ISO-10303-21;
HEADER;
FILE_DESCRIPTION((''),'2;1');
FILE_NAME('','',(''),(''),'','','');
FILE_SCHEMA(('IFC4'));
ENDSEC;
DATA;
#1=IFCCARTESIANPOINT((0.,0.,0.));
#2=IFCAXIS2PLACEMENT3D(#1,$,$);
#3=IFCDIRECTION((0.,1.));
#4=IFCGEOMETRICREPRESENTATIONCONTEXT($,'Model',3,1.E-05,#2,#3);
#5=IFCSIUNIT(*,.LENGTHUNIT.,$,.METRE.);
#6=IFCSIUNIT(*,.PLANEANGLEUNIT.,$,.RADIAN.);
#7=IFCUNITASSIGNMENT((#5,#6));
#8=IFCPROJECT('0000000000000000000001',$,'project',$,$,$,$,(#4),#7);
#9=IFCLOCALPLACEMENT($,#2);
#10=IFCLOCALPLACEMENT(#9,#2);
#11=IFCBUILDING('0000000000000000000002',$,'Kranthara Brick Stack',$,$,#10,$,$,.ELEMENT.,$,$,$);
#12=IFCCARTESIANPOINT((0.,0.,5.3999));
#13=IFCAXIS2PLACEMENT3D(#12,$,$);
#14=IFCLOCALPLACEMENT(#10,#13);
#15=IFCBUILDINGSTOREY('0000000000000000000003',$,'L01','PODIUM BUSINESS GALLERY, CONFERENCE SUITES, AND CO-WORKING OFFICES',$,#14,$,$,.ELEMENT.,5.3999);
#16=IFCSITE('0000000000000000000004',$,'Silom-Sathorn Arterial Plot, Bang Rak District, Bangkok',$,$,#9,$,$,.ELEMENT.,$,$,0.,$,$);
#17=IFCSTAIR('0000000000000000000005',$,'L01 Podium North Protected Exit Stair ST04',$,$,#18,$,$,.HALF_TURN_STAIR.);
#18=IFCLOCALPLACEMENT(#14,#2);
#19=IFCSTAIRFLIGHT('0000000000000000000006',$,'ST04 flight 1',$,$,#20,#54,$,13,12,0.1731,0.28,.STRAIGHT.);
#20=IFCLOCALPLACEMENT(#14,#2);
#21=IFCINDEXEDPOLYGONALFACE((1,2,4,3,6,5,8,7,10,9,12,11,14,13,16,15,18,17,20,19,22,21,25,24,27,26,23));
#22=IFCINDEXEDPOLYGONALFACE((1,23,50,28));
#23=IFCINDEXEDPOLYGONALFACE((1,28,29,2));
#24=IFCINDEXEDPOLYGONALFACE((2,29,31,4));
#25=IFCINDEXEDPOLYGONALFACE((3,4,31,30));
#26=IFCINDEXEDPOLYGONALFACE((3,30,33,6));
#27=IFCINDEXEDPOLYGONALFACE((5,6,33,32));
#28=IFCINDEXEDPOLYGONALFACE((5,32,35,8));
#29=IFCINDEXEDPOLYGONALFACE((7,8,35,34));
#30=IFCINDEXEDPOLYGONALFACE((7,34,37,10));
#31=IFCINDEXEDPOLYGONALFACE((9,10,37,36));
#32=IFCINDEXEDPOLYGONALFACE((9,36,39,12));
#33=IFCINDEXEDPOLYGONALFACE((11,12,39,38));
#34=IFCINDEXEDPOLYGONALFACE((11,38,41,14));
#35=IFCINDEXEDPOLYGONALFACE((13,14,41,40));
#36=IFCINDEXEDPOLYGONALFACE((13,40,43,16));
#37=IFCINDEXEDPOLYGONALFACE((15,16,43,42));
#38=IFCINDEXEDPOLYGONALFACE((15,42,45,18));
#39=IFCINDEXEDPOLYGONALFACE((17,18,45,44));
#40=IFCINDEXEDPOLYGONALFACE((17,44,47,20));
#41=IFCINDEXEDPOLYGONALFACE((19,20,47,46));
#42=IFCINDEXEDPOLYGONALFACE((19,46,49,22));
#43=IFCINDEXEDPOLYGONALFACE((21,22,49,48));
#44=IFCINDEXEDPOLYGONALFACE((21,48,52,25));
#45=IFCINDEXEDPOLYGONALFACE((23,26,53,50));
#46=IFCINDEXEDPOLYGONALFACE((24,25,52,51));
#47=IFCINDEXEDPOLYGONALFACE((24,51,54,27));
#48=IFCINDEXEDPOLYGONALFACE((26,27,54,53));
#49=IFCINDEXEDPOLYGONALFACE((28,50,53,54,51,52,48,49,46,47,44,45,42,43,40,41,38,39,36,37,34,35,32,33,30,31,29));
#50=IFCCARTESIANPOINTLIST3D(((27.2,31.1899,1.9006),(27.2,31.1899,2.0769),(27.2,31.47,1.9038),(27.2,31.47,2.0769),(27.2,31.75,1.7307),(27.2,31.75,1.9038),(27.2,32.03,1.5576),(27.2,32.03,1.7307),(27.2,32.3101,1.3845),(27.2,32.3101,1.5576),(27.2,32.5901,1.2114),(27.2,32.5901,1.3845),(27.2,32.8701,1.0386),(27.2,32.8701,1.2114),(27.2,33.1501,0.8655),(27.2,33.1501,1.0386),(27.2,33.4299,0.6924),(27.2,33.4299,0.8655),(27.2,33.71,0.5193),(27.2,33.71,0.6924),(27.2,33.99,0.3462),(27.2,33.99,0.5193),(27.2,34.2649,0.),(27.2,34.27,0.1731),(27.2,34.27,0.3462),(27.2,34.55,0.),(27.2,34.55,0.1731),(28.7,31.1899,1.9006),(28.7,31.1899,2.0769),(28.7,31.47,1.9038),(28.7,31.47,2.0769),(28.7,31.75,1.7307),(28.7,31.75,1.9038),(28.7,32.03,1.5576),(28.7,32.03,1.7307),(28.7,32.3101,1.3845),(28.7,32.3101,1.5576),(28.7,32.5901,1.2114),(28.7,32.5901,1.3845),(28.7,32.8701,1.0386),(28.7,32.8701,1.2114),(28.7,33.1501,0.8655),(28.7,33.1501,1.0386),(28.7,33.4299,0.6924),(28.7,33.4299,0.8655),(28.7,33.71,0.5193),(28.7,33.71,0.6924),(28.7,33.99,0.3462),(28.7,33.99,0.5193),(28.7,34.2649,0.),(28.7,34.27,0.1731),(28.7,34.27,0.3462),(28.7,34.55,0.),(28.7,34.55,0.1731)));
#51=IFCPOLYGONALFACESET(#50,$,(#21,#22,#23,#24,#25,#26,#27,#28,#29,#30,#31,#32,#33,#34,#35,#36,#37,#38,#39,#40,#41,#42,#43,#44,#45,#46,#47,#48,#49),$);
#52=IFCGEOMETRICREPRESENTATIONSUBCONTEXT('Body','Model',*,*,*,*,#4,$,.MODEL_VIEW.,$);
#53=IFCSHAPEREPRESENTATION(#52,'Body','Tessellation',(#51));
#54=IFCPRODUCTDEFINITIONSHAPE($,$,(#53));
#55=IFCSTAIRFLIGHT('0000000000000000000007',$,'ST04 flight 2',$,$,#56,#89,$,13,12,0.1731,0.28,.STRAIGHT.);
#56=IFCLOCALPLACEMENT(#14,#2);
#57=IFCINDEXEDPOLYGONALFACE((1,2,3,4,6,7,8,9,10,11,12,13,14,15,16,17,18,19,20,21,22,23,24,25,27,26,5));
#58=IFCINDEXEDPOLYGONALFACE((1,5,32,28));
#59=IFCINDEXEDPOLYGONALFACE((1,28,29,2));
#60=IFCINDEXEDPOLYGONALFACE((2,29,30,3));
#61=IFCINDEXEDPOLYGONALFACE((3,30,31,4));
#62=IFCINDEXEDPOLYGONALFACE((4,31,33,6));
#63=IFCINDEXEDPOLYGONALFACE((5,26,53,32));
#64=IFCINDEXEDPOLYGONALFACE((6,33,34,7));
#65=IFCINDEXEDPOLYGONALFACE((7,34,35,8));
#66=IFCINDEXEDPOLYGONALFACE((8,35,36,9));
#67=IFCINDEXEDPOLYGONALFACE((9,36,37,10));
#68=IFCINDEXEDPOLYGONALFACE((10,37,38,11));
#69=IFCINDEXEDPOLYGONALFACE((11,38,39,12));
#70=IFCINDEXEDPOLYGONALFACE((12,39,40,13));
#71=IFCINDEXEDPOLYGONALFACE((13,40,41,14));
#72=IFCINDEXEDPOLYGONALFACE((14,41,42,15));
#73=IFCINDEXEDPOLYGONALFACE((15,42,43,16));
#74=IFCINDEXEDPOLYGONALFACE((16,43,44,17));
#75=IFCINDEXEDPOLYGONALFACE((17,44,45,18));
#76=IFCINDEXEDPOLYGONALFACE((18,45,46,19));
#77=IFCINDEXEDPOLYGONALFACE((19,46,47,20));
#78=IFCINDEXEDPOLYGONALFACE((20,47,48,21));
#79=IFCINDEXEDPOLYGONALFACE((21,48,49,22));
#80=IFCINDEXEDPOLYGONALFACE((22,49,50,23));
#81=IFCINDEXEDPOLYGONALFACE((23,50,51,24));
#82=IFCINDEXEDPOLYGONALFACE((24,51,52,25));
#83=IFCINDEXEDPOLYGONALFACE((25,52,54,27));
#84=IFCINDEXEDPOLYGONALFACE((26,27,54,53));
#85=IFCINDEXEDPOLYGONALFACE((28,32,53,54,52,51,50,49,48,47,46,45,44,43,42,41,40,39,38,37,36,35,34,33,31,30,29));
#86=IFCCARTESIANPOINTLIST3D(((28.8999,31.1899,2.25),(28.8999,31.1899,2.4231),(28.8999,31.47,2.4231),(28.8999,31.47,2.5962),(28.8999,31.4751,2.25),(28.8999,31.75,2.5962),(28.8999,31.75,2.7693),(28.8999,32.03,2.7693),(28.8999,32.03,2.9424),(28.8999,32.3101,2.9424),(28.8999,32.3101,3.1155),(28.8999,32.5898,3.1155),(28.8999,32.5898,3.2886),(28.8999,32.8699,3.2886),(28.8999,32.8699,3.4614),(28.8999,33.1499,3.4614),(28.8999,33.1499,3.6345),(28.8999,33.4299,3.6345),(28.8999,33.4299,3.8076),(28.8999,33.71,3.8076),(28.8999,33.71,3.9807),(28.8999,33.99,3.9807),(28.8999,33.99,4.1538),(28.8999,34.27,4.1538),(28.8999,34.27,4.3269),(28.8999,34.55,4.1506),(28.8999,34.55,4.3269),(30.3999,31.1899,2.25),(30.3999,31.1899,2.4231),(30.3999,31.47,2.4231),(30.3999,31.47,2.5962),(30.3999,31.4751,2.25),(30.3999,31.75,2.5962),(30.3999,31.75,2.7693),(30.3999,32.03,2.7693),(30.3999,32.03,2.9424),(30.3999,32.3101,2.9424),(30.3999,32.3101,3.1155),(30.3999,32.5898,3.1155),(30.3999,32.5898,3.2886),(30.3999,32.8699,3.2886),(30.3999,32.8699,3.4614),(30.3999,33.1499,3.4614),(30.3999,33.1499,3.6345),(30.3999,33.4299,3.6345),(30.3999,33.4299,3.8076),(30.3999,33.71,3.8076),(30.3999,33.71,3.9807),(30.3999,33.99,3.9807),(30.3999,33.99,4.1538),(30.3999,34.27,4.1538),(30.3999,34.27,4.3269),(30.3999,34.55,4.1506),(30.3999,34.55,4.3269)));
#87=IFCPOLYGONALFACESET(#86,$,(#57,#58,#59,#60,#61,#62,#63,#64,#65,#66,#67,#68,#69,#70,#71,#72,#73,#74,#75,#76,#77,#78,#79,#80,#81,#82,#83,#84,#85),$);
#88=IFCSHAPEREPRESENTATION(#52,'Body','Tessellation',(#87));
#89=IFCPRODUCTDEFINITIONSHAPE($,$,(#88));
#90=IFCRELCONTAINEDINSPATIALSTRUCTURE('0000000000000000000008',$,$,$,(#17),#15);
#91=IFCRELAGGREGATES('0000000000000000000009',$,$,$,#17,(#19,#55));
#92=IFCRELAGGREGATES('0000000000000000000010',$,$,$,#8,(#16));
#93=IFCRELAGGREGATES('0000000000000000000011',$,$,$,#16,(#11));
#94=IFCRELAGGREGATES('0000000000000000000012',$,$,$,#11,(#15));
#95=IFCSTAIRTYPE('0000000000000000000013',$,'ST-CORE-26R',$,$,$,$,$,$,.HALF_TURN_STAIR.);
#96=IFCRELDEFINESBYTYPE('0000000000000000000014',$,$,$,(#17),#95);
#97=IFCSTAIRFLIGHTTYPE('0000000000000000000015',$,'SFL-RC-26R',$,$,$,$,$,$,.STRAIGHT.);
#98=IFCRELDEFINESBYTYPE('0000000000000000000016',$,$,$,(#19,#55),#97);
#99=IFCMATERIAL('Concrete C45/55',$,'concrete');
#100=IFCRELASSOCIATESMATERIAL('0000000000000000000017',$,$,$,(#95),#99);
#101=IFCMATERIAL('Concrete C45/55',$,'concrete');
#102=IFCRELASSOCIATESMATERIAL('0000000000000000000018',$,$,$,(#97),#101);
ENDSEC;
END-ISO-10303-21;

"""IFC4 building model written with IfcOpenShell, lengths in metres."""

from ifc_helpers import new_model, si_unit, direction, frame, origin, place, context, subcontext, project, spatial, polyline, outline, extrude, material, type_object, element, aggregate, save


model = new_model("IFC4")

# Units and contexts
model_context = context("Model", 3, precision=1e-05, world=origin(), true_north=direction((0.0, 1.0)))
body_context = subcontext(model_context, "Body", "Model", "MODEL_VIEW")
ifc_project = project(units=[si_unit("LENGTHUNIT", "METRE"), si_unit("PLANEANGLEUNIT", "RADIAN")], contexts=[model_context])

# Site, building, storey
site_placement = place(None, origin())
site = spatial("IfcSite", under=ifc_project, at=site_placement, Name="Silom-Sathorn Arterial Plot, Bang Rak District, Bangkok", CompositionType="ELEMENT", RefElevation=0.0)
building_placement = place(site_placement, origin())
building = spatial("IfcBuilding", under=site, at=building_placement, Name="Kranthara Brick Stack", CompositionType="ELEMENT")
storey_placement = place(building_placement, frame((0.0, 0.0, 5.3999)))
storey = spatial("IfcBuildingStorey", under=building, at=storey_placement, Name="L01", Description="PODIUM BUSINESS GALLERY, CONFERENCE SUITES, AND CO-WORKING OFFICES", CompositionType="ELEMENT", Elevation=5.3999)

# Stair, stair flights
ifc_material_1 = material(Name="Concrete C45/55", Category="concrete")
stair_type = type_object("IfcStairType", Name="ST-CORE-26R", PredefinedType="HALF_TURN_STAIR", material=ifc_material_1)
stair_placement = place(storey_placement, origin())
stair = element("IfcStair", 1, at=stair_placement, inside=storey, type_object=stair_type, Name="L01 Podium North Protected Exit Stair ST04", PredefinedType="HALF_TURN_STAIR")
ifc_material_2 = material(Name="Concrete C45/55", Category="concrete")
stair_flight_type = type_object("IfcStairFlightType", Name="SFL-RC-26R", PredefinedType="STRAIGHT", material=ifc_material_2)
stair_flight_1_placement = place(storey_placement, frame((27.95, 34.55, 0.0), z_axis=(0.0, 0.0, 1.0), x_axis=(0.0, -1.0, 0.0)))
stair_flight_1 = element("IfcStairFlight", 2, at=stair_flight_1_placement, type_object=stair_flight_type, Name="ST04 flight 1", NumberOfRisers=13, NumberOfTreads=12, PredefinedType="STRAIGHT", RiserHeight=0.1731, TreadLength=0.28, context=body_context, shape_type="SweptSolid", body=[
    extrude(outline(polyline([(0.0, 0.0), (0.0, 0.1731), (0.28, 0.1731), (0.28, 0.3462), (0.5601, 0.3462), (0.5601, 0.5193), (0.8401, 0.5193), (0.8401, 0.6924), (1.1201, 0.6924), (1.1201, 0.8655), (1.3999, 0.8655), (1.3999, 1.0386), (1.6799, 1.0386), (1.6799, 1.2114), (1.96, 1.2114), (1.96, 1.3845), (2.24, 1.3845), (2.24, 1.5576), (2.52, 1.5576), (2.52, 1.7307), (2.8, 1.7307), (2.8, 1.9038), (3.0801, 1.9038), (3.0801, 2.0769), (3.3601, 2.0769), (3.3601, 2.25), (3.3601, 1.9006), (0.2852, 0.0), (0.0, 0.0)])), frame((0.0, 0.75, 0.0), z_axis=(0.0, -1.0, 0.0), x_axis=(1.0, 0.0, 0.0)), (0.0, 0.0, 1.0), 1.5),
])
stair_flight_2_placement = place(storey_placement, frame((29.6499, 31.1899, 2.25), z_axis=(0.0, 0.0, 1.0), x_axis=(0.0, 1.0, 0.0)))
stair_flight_2 = element("IfcStairFlight", 3, at=stair_flight_2_placement, type_object=stair_flight_type, Name="ST04 flight 2", NumberOfRisers=13, NumberOfTreads=12, PredefinedType="STRAIGHT", RiserHeight=0.1731, TreadLength=0.28, context=body_context, shape_type="SweptSolid", body=[
    extrude(outline(polyline([(0.0, 0.0), (0.0, 0.1731), (0.28, 0.1731), (0.28, 0.3462), (0.5601, 0.3462), (0.5601, 0.5193), (0.8401, 0.5193), (0.8401, 0.6924), (1.1201, 0.6924), (1.1201, 0.8655), (1.3999, 0.8655), (1.3999, 1.0386), (1.6799, 1.0386), (1.6799, 1.2114), (1.96, 1.2114), (1.96, 1.3845), (2.24, 1.3845), (2.24, 1.5576), (2.52, 1.5576), (2.52, 1.7307), (2.8, 1.7307), (2.8, 1.9038), (3.0801, 1.9038), (3.0801, 2.0769), (3.3601, 2.0769), (3.3601, 2.25), (3.3601, 1.9006), (0.2852, 0.0), (0.0, 0.0)])), frame((0.0, 0.75, 0.0), z_axis=(0.0, -1.0, 0.0), x_axis=(1.0, 0.0, 0.0)), (0.0, 0.0, 1.0), 1.5),
])
aggregate(stair, [stair_flight_1, stair_flight_2])

save(model, "model.ifc")
